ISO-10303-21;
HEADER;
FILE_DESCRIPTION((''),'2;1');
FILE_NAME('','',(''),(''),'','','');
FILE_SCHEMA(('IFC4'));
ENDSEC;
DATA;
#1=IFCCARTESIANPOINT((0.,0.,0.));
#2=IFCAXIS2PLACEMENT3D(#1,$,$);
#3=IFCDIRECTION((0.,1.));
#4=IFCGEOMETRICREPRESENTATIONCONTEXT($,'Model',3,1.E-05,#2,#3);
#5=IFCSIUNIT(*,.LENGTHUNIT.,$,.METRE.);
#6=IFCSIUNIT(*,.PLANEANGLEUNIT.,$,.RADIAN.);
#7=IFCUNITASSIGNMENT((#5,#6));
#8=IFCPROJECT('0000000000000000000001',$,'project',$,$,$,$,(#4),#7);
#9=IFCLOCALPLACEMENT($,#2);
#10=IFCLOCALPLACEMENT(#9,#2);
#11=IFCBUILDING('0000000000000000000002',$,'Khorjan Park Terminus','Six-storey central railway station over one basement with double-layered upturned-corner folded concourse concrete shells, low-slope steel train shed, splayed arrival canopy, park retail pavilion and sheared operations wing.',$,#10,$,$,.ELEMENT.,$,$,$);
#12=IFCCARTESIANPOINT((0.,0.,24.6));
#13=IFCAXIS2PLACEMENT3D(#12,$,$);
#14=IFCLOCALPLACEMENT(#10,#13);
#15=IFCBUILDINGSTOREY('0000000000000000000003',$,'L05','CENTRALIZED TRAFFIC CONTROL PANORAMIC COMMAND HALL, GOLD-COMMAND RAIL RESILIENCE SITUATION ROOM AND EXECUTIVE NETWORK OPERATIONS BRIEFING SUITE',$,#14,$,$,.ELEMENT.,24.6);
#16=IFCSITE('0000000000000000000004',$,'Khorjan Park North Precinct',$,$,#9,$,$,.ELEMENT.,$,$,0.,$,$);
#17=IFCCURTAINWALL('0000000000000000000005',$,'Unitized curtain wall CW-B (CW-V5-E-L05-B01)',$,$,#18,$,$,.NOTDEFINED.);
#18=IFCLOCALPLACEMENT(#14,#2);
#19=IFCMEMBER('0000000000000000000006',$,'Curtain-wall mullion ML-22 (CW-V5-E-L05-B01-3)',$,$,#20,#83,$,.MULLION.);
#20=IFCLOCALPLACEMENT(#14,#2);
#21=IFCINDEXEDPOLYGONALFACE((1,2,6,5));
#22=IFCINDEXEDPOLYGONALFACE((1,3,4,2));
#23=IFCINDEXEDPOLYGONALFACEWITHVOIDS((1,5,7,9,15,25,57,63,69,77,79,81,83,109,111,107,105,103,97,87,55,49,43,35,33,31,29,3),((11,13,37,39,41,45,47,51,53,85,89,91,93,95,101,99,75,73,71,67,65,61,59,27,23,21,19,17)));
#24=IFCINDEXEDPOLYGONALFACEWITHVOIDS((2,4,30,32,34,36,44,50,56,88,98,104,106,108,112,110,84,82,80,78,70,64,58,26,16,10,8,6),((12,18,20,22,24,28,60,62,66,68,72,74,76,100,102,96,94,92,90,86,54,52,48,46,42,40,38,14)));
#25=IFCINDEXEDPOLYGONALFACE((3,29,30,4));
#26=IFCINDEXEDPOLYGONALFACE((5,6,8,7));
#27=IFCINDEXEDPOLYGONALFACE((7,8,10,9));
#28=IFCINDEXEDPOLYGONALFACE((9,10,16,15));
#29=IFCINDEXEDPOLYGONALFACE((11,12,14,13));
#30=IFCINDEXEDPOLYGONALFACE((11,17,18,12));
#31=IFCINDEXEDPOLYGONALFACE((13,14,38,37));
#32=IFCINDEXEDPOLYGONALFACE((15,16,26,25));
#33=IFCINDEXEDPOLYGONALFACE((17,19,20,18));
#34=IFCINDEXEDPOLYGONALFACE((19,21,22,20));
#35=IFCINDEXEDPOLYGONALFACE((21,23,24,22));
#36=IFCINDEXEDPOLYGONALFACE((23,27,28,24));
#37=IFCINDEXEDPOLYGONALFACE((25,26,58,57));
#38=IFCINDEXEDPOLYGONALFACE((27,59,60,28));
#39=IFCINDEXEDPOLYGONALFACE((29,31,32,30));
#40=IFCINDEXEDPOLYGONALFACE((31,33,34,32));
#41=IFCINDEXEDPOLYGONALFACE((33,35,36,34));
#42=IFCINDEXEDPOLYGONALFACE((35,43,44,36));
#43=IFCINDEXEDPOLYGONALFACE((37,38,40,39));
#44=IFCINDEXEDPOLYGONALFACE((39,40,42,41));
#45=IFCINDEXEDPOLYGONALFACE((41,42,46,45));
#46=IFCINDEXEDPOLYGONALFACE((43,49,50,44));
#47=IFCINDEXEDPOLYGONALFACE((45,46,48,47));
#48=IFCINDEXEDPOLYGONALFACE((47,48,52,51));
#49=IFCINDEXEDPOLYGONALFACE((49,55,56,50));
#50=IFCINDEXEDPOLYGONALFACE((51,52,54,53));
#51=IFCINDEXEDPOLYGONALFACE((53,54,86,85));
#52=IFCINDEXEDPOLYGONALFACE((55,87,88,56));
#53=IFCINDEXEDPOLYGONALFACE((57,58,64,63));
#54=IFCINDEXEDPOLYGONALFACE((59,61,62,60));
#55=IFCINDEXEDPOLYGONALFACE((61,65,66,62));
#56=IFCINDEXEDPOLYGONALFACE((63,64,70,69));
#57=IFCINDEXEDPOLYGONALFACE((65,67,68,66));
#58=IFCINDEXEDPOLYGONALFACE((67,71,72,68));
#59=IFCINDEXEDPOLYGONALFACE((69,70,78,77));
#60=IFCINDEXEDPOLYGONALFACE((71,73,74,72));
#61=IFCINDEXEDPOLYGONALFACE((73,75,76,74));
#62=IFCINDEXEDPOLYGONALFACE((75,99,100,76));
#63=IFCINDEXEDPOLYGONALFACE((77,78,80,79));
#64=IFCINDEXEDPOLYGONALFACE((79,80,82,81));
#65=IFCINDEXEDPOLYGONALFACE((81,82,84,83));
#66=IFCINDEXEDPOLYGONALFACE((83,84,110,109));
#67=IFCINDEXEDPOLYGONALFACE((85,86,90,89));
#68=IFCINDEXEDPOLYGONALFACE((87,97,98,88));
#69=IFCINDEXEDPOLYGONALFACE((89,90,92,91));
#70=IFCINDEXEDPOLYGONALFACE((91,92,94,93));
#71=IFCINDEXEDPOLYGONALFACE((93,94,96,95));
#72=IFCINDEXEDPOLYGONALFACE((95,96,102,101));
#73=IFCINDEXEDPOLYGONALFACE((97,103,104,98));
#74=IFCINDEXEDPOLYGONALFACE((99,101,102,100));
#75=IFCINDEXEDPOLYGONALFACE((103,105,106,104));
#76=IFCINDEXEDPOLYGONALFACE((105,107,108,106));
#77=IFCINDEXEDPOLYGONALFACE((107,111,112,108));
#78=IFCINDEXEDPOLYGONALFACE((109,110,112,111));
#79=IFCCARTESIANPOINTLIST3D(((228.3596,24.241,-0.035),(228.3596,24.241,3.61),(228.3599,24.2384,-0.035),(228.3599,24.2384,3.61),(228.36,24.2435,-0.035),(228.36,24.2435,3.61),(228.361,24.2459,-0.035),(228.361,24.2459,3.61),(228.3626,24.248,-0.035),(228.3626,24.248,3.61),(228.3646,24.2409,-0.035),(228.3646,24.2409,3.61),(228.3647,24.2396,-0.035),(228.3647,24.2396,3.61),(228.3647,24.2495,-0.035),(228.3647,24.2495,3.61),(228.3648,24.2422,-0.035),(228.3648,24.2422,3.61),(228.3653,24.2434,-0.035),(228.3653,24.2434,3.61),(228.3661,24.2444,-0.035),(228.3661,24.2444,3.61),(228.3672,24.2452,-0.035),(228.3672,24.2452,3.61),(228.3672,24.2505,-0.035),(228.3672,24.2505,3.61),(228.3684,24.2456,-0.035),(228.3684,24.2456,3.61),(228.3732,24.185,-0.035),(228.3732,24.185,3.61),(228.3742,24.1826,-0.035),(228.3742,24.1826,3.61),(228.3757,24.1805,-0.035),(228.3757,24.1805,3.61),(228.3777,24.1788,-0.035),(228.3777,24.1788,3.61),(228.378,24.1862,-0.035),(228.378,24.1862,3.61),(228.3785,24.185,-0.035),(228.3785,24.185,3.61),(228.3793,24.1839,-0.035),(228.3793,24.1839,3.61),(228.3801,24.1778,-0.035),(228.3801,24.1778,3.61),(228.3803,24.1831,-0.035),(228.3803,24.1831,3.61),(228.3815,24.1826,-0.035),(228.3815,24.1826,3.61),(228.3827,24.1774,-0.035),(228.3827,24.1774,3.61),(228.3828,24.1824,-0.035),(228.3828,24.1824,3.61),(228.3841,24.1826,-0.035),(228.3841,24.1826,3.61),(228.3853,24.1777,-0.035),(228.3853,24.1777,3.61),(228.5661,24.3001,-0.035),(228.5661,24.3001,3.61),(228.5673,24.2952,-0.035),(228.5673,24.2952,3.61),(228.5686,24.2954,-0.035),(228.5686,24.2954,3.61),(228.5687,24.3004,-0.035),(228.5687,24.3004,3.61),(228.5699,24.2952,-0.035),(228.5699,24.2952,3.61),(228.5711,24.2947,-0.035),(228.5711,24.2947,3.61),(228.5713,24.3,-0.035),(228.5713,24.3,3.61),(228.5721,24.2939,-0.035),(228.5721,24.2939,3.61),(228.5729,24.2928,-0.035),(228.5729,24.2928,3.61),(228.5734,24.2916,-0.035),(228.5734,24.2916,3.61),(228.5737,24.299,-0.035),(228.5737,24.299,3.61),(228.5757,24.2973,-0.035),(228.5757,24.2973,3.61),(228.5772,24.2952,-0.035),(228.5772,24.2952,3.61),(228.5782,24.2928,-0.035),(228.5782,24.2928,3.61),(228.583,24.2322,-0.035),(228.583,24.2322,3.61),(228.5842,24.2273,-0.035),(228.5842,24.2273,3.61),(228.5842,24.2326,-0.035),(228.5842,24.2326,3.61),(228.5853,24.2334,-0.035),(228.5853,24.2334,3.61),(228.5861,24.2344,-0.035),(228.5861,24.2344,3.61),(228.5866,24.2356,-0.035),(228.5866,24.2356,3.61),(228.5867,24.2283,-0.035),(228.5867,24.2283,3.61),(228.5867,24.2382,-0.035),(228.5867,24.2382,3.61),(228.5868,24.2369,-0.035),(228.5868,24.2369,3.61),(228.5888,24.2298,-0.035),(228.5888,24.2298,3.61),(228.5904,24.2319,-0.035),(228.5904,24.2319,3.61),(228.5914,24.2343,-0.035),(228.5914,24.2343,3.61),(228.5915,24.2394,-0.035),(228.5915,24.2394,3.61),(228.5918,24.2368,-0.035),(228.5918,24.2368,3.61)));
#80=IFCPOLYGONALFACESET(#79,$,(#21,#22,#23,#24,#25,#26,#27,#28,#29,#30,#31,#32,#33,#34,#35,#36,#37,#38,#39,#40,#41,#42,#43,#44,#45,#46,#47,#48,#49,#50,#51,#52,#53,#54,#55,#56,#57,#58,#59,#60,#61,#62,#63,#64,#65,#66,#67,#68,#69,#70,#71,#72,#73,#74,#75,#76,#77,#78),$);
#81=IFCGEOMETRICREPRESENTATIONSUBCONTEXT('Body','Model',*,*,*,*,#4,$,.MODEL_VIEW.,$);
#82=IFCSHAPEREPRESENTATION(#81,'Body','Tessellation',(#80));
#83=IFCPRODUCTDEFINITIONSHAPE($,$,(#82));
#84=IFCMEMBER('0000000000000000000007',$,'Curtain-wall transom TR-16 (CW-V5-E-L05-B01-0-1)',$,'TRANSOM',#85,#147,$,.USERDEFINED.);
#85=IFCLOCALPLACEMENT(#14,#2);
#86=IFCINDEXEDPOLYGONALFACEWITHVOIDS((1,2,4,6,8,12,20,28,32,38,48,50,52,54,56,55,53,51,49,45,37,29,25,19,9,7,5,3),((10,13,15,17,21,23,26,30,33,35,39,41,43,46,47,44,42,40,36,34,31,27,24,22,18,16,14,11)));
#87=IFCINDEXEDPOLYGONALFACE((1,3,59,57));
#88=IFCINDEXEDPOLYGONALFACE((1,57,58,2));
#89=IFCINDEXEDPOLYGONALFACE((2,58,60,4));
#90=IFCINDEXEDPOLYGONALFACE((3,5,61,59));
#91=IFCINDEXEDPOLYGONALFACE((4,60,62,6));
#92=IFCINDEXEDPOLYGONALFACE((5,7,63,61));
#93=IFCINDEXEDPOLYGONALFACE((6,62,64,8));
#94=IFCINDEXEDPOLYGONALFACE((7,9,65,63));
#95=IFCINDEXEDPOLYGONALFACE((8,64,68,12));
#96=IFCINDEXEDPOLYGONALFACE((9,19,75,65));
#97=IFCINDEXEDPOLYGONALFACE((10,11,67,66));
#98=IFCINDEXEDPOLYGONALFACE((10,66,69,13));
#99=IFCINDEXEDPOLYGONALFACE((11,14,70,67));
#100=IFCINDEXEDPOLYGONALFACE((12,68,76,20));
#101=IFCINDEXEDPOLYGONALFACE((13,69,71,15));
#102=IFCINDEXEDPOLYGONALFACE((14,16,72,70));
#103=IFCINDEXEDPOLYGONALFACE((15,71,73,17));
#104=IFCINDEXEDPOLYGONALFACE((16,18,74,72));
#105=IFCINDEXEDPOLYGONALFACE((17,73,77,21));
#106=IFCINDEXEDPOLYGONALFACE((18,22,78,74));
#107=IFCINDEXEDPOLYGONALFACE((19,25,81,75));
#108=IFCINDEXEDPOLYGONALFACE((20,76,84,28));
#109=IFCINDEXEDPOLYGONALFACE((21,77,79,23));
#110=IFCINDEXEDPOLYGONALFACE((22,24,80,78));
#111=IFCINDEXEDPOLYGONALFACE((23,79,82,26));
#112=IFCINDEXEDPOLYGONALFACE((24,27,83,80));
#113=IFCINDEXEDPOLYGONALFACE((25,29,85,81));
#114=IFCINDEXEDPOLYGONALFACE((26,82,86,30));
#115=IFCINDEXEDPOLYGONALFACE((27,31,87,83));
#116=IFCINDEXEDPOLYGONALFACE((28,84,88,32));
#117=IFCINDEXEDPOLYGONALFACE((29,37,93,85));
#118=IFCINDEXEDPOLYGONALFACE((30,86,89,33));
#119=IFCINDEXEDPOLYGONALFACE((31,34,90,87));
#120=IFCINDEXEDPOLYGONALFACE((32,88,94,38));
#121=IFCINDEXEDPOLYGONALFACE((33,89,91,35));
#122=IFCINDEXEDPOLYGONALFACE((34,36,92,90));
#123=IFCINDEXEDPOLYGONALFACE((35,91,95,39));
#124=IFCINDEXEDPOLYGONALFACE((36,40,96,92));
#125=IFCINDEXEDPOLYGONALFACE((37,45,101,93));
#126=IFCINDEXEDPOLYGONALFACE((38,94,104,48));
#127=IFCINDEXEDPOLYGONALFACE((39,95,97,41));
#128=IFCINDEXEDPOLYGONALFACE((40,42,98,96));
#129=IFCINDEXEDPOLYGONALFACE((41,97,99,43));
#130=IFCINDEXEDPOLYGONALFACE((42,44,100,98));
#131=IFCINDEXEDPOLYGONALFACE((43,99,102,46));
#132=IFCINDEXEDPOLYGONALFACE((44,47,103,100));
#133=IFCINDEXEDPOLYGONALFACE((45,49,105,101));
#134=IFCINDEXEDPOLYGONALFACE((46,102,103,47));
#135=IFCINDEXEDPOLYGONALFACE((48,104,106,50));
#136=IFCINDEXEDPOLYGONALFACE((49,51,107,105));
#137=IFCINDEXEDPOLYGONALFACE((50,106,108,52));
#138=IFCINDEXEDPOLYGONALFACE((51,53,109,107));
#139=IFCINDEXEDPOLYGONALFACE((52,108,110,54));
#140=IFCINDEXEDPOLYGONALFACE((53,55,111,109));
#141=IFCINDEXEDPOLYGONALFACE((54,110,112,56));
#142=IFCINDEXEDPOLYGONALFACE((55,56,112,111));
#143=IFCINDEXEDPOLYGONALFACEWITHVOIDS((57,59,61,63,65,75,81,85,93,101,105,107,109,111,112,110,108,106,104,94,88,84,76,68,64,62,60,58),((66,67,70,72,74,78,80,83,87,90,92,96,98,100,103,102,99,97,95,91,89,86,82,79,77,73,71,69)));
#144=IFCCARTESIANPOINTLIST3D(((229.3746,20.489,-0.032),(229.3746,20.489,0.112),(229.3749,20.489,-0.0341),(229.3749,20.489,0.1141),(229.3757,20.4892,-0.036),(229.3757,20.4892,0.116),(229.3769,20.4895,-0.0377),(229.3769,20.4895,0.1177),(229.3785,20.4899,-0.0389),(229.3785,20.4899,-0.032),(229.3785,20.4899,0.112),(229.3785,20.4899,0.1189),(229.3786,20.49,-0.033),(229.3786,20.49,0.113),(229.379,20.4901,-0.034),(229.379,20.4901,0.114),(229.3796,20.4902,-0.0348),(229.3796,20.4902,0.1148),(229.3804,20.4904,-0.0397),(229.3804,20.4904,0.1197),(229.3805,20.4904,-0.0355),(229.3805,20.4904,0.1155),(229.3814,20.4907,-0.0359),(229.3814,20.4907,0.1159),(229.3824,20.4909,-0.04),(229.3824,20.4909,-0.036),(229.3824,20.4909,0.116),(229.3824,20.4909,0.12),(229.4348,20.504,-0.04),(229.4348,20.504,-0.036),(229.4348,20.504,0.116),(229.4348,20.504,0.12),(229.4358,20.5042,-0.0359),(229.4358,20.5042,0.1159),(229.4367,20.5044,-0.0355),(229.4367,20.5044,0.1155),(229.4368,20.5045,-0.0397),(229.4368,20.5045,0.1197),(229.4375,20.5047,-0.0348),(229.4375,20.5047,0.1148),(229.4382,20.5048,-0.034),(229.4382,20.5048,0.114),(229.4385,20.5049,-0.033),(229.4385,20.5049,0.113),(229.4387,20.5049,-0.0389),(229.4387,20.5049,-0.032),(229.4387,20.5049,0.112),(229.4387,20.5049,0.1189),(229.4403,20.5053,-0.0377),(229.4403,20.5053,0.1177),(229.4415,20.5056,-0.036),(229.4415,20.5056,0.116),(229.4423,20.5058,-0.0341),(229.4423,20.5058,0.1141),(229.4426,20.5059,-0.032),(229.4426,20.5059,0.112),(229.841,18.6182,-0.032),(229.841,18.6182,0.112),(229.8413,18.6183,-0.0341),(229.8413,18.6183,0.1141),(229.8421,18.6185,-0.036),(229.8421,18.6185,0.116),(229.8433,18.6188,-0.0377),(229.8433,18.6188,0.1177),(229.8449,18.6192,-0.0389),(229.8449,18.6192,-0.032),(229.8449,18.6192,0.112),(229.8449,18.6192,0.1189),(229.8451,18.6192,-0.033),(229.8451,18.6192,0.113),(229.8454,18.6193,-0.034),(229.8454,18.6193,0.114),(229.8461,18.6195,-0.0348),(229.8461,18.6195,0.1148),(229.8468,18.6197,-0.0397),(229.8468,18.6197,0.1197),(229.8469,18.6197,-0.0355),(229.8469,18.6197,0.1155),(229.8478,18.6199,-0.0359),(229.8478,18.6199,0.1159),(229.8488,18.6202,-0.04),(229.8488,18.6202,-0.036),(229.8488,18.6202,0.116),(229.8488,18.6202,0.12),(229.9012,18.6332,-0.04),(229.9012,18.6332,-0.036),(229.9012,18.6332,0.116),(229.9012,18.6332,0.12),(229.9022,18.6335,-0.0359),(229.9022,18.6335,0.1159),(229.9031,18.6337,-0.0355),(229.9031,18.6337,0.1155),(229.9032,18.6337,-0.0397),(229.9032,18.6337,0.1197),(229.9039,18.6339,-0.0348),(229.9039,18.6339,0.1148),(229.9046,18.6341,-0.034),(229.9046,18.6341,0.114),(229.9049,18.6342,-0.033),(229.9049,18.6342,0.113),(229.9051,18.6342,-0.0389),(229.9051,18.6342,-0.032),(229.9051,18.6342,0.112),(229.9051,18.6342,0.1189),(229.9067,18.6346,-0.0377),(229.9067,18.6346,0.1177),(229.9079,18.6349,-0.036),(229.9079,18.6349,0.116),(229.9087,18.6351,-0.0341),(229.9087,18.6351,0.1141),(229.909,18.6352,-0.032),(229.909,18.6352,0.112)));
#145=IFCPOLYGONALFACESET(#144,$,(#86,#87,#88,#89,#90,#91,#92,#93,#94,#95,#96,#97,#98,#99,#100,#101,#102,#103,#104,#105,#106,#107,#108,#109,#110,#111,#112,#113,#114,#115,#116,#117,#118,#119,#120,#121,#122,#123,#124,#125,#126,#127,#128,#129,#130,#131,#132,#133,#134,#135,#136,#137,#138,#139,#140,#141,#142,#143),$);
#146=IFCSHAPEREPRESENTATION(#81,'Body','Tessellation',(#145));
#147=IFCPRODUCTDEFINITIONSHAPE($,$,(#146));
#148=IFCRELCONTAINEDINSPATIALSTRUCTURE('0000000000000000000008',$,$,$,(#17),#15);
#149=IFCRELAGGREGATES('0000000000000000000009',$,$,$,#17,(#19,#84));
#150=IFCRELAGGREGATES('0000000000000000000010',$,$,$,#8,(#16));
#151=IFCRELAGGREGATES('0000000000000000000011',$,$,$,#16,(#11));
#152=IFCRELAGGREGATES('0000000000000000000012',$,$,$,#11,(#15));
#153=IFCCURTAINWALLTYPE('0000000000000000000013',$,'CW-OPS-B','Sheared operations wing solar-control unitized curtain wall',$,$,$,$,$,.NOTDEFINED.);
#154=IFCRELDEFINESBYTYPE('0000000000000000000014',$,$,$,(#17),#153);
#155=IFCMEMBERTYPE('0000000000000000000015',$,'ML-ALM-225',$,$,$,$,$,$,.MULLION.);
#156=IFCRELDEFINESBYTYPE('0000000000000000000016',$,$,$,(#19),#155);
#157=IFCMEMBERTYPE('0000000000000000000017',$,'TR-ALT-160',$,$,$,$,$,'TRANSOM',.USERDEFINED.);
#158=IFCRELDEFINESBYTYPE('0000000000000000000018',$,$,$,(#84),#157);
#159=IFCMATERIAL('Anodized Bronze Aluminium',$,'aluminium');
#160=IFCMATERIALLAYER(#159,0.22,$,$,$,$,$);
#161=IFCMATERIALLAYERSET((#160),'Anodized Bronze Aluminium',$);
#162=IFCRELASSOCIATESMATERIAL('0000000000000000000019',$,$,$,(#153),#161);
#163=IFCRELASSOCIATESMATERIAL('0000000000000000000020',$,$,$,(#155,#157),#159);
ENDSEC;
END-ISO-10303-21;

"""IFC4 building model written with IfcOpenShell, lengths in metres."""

from ifc_helpers import new_model, si_unit, direction, frame, origin, origin_2d, place, context, subcontext, project, spatial, hollow_rectangle, extrude, material, layer, layer_set, material_profile, profile_set, type_object, element, aggregate, save


model = new_model("IFC4")

# Units and contexts
model_context = context("Model", 3, precision=1e-05, world=origin(), true_north=direction((0.0, 1.0)))
body_context = subcontext(model_context, "Body", "Model", "MODEL_VIEW")
ifc_project = project(units=[si_unit("LENGTHUNIT", "METRE"), si_unit("PLANEANGLEUNIT", "RADIAN")], contexts=[model_context])

# Site, building, storey
site_placement = place(None, origin())
site = spatial("IfcSite", under=ifc_project, at=site_placement, Name="Khorjan Park North Precinct", CompositionType="ELEMENT", RefElevation=0.0)
building_placement = place(site_placement, origin())
building = spatial("IfcBuilding", under=site, at=building_placement, Name="Khorjan Park Terminus", Description="Six-storey central railway station over one basement with double-layered upturned-corner folded concourse concrete shells, low-slope steel train shed, splayed arrival canopy, park retail pavilion and sheared operations wing.", CompositionType="ELEMENT")
storey_placement = place(building_placement, frame((0.0, 0.0, 24.6)))
storey = spatial("IfcBuildingStorey", under=building, at=storey_placement, Name="L05", Description="CENTRALIZED TRAFFIC CONTROL PANORAMIC COMMAND HALL, GOLD-COMMAND RAIL RESILIENCE SITUATION ROOM AND EXECUTIVE NETWORK OPERATIONS BRIEFING SUITE", CompositionType="ELEMENT", Elevation=24.6)

# Curtain wall, members
ifc_material_1 = material(Name="Anodized Bronze Aluminium", Category="aluminium")
ifc_layer_1 = layer(ifc_material_1, 0.22)
ifc_layer_set_1 = layer_set([ifc_layer_1], Name="Anodized Bronze Aluminium")
curtain_wall_type = type_object("IfcCurtainWallType", Name="CW-OPS-B", Description="Sheared operations wing solar-control unitized curtain wall", PredefinedType="NOTDEFINED", material=ifc_layer_set_1)
curtain_wall_placement = place(storey_placement, origin())
curtain_wall = element("IfcCurtainWall", 1, at=curtain_wall_placement, inside=storey, type_object=curtain_wall_type, Name="Unitized curtain wall CW-B (CW-V5-E-L05-B01)", PredefinedType="NOTDEFINED")
ifc_material_profile_1 = material_profile(ifc_material_1, hollow_rectangle(XDim=0.075, YDim=0.225, WallThickness=0.005, InnerFilletRadius=0.005, OuterFilletRadius=0.01, at=origin_2d()), Name="ALM 75x225x5")
ifc_profile_set_1 = profile_set([ifc_material_profile_1], Name="Anodized Bronze Aluminium")
member_type_1 = type_object("IfcMemberType", Name="ML-ALM-225", PredefinedType="MULLION", material=ifc_profile_set_1)
member_1_placement = place(storey_placement, frame((228.4757, 24.2389, -0.035), z_axis=(0.0, 0.0, 1.0), x_axis=(-0.24192, 0.970296, 0.0)))
member_1 = element("IfcMember", 2, at=member_1_placement, type_object=member_type_1, Name="Curtain-wall mullion ML-22 (CW-V5-E-L05-B01-3)", PredefinedType="MULLION", context=body_context, shape_type="SweptSolid", body=[
    extrude(hollow_rectangle(XDim=0.075, YDim=0.225, WallThickness=0.005, InnerFilletRadius=0.005, OuterFilletRadius=0.01, at=origin_2d()), origin(), (0.0, 0.0, 1.0), 3.645),
])
ifc_material_profile_2 = material_profile(ifc_material_1, hollow_rectangle(XDim=0.07, YDim=0.16, WallThickness=0.004, InnerFilletRadius=0.004, OuterFilletRadius=0.008, at=origin_2d()), Name="ALT 70x160x4")
ifc_profile_set_2 = profile_set([ifc_material_profile_2], Name="Anodized Bronze Aluminium")
member_type_2 = type_object("IfcMemberType", Name="TR-ALT-160", ElementType="TRANSOM", PredefinedType="USERDEFINED", material=ifc_profile_set_2)
member_2_placement = place(storey_placement, frame((229.875, 18.6267, 0.04), z_axis=(-0.241913, 0.970298, 0.0), x_axis=(-0.970298, -0.241913, 0.0)))
member_2 = element("IfcMember", 3, at=member_2_placement, type_object=member_type_2, Name="Curtain-wall transom TR-16 (CW-V5-E-L05-B01-0-1)", ObjectType="TRANSOM", PredefinedType="USERDEFINED", context=body_context, shape_type="SweptSolid", body=[
    extrude(hollow_rectangle(XDim=0.07, YDim=0.16, WallThickness=0.004, InnerFilletRadius=0.004, OuterFilletRadius=0.008, at=origin_2d()), origin(), (0.0, 0.0, 1.0), 1.928),
])
aggregate(curtain_wall, [member_1, member_2])

save(model, "model.ifc")
